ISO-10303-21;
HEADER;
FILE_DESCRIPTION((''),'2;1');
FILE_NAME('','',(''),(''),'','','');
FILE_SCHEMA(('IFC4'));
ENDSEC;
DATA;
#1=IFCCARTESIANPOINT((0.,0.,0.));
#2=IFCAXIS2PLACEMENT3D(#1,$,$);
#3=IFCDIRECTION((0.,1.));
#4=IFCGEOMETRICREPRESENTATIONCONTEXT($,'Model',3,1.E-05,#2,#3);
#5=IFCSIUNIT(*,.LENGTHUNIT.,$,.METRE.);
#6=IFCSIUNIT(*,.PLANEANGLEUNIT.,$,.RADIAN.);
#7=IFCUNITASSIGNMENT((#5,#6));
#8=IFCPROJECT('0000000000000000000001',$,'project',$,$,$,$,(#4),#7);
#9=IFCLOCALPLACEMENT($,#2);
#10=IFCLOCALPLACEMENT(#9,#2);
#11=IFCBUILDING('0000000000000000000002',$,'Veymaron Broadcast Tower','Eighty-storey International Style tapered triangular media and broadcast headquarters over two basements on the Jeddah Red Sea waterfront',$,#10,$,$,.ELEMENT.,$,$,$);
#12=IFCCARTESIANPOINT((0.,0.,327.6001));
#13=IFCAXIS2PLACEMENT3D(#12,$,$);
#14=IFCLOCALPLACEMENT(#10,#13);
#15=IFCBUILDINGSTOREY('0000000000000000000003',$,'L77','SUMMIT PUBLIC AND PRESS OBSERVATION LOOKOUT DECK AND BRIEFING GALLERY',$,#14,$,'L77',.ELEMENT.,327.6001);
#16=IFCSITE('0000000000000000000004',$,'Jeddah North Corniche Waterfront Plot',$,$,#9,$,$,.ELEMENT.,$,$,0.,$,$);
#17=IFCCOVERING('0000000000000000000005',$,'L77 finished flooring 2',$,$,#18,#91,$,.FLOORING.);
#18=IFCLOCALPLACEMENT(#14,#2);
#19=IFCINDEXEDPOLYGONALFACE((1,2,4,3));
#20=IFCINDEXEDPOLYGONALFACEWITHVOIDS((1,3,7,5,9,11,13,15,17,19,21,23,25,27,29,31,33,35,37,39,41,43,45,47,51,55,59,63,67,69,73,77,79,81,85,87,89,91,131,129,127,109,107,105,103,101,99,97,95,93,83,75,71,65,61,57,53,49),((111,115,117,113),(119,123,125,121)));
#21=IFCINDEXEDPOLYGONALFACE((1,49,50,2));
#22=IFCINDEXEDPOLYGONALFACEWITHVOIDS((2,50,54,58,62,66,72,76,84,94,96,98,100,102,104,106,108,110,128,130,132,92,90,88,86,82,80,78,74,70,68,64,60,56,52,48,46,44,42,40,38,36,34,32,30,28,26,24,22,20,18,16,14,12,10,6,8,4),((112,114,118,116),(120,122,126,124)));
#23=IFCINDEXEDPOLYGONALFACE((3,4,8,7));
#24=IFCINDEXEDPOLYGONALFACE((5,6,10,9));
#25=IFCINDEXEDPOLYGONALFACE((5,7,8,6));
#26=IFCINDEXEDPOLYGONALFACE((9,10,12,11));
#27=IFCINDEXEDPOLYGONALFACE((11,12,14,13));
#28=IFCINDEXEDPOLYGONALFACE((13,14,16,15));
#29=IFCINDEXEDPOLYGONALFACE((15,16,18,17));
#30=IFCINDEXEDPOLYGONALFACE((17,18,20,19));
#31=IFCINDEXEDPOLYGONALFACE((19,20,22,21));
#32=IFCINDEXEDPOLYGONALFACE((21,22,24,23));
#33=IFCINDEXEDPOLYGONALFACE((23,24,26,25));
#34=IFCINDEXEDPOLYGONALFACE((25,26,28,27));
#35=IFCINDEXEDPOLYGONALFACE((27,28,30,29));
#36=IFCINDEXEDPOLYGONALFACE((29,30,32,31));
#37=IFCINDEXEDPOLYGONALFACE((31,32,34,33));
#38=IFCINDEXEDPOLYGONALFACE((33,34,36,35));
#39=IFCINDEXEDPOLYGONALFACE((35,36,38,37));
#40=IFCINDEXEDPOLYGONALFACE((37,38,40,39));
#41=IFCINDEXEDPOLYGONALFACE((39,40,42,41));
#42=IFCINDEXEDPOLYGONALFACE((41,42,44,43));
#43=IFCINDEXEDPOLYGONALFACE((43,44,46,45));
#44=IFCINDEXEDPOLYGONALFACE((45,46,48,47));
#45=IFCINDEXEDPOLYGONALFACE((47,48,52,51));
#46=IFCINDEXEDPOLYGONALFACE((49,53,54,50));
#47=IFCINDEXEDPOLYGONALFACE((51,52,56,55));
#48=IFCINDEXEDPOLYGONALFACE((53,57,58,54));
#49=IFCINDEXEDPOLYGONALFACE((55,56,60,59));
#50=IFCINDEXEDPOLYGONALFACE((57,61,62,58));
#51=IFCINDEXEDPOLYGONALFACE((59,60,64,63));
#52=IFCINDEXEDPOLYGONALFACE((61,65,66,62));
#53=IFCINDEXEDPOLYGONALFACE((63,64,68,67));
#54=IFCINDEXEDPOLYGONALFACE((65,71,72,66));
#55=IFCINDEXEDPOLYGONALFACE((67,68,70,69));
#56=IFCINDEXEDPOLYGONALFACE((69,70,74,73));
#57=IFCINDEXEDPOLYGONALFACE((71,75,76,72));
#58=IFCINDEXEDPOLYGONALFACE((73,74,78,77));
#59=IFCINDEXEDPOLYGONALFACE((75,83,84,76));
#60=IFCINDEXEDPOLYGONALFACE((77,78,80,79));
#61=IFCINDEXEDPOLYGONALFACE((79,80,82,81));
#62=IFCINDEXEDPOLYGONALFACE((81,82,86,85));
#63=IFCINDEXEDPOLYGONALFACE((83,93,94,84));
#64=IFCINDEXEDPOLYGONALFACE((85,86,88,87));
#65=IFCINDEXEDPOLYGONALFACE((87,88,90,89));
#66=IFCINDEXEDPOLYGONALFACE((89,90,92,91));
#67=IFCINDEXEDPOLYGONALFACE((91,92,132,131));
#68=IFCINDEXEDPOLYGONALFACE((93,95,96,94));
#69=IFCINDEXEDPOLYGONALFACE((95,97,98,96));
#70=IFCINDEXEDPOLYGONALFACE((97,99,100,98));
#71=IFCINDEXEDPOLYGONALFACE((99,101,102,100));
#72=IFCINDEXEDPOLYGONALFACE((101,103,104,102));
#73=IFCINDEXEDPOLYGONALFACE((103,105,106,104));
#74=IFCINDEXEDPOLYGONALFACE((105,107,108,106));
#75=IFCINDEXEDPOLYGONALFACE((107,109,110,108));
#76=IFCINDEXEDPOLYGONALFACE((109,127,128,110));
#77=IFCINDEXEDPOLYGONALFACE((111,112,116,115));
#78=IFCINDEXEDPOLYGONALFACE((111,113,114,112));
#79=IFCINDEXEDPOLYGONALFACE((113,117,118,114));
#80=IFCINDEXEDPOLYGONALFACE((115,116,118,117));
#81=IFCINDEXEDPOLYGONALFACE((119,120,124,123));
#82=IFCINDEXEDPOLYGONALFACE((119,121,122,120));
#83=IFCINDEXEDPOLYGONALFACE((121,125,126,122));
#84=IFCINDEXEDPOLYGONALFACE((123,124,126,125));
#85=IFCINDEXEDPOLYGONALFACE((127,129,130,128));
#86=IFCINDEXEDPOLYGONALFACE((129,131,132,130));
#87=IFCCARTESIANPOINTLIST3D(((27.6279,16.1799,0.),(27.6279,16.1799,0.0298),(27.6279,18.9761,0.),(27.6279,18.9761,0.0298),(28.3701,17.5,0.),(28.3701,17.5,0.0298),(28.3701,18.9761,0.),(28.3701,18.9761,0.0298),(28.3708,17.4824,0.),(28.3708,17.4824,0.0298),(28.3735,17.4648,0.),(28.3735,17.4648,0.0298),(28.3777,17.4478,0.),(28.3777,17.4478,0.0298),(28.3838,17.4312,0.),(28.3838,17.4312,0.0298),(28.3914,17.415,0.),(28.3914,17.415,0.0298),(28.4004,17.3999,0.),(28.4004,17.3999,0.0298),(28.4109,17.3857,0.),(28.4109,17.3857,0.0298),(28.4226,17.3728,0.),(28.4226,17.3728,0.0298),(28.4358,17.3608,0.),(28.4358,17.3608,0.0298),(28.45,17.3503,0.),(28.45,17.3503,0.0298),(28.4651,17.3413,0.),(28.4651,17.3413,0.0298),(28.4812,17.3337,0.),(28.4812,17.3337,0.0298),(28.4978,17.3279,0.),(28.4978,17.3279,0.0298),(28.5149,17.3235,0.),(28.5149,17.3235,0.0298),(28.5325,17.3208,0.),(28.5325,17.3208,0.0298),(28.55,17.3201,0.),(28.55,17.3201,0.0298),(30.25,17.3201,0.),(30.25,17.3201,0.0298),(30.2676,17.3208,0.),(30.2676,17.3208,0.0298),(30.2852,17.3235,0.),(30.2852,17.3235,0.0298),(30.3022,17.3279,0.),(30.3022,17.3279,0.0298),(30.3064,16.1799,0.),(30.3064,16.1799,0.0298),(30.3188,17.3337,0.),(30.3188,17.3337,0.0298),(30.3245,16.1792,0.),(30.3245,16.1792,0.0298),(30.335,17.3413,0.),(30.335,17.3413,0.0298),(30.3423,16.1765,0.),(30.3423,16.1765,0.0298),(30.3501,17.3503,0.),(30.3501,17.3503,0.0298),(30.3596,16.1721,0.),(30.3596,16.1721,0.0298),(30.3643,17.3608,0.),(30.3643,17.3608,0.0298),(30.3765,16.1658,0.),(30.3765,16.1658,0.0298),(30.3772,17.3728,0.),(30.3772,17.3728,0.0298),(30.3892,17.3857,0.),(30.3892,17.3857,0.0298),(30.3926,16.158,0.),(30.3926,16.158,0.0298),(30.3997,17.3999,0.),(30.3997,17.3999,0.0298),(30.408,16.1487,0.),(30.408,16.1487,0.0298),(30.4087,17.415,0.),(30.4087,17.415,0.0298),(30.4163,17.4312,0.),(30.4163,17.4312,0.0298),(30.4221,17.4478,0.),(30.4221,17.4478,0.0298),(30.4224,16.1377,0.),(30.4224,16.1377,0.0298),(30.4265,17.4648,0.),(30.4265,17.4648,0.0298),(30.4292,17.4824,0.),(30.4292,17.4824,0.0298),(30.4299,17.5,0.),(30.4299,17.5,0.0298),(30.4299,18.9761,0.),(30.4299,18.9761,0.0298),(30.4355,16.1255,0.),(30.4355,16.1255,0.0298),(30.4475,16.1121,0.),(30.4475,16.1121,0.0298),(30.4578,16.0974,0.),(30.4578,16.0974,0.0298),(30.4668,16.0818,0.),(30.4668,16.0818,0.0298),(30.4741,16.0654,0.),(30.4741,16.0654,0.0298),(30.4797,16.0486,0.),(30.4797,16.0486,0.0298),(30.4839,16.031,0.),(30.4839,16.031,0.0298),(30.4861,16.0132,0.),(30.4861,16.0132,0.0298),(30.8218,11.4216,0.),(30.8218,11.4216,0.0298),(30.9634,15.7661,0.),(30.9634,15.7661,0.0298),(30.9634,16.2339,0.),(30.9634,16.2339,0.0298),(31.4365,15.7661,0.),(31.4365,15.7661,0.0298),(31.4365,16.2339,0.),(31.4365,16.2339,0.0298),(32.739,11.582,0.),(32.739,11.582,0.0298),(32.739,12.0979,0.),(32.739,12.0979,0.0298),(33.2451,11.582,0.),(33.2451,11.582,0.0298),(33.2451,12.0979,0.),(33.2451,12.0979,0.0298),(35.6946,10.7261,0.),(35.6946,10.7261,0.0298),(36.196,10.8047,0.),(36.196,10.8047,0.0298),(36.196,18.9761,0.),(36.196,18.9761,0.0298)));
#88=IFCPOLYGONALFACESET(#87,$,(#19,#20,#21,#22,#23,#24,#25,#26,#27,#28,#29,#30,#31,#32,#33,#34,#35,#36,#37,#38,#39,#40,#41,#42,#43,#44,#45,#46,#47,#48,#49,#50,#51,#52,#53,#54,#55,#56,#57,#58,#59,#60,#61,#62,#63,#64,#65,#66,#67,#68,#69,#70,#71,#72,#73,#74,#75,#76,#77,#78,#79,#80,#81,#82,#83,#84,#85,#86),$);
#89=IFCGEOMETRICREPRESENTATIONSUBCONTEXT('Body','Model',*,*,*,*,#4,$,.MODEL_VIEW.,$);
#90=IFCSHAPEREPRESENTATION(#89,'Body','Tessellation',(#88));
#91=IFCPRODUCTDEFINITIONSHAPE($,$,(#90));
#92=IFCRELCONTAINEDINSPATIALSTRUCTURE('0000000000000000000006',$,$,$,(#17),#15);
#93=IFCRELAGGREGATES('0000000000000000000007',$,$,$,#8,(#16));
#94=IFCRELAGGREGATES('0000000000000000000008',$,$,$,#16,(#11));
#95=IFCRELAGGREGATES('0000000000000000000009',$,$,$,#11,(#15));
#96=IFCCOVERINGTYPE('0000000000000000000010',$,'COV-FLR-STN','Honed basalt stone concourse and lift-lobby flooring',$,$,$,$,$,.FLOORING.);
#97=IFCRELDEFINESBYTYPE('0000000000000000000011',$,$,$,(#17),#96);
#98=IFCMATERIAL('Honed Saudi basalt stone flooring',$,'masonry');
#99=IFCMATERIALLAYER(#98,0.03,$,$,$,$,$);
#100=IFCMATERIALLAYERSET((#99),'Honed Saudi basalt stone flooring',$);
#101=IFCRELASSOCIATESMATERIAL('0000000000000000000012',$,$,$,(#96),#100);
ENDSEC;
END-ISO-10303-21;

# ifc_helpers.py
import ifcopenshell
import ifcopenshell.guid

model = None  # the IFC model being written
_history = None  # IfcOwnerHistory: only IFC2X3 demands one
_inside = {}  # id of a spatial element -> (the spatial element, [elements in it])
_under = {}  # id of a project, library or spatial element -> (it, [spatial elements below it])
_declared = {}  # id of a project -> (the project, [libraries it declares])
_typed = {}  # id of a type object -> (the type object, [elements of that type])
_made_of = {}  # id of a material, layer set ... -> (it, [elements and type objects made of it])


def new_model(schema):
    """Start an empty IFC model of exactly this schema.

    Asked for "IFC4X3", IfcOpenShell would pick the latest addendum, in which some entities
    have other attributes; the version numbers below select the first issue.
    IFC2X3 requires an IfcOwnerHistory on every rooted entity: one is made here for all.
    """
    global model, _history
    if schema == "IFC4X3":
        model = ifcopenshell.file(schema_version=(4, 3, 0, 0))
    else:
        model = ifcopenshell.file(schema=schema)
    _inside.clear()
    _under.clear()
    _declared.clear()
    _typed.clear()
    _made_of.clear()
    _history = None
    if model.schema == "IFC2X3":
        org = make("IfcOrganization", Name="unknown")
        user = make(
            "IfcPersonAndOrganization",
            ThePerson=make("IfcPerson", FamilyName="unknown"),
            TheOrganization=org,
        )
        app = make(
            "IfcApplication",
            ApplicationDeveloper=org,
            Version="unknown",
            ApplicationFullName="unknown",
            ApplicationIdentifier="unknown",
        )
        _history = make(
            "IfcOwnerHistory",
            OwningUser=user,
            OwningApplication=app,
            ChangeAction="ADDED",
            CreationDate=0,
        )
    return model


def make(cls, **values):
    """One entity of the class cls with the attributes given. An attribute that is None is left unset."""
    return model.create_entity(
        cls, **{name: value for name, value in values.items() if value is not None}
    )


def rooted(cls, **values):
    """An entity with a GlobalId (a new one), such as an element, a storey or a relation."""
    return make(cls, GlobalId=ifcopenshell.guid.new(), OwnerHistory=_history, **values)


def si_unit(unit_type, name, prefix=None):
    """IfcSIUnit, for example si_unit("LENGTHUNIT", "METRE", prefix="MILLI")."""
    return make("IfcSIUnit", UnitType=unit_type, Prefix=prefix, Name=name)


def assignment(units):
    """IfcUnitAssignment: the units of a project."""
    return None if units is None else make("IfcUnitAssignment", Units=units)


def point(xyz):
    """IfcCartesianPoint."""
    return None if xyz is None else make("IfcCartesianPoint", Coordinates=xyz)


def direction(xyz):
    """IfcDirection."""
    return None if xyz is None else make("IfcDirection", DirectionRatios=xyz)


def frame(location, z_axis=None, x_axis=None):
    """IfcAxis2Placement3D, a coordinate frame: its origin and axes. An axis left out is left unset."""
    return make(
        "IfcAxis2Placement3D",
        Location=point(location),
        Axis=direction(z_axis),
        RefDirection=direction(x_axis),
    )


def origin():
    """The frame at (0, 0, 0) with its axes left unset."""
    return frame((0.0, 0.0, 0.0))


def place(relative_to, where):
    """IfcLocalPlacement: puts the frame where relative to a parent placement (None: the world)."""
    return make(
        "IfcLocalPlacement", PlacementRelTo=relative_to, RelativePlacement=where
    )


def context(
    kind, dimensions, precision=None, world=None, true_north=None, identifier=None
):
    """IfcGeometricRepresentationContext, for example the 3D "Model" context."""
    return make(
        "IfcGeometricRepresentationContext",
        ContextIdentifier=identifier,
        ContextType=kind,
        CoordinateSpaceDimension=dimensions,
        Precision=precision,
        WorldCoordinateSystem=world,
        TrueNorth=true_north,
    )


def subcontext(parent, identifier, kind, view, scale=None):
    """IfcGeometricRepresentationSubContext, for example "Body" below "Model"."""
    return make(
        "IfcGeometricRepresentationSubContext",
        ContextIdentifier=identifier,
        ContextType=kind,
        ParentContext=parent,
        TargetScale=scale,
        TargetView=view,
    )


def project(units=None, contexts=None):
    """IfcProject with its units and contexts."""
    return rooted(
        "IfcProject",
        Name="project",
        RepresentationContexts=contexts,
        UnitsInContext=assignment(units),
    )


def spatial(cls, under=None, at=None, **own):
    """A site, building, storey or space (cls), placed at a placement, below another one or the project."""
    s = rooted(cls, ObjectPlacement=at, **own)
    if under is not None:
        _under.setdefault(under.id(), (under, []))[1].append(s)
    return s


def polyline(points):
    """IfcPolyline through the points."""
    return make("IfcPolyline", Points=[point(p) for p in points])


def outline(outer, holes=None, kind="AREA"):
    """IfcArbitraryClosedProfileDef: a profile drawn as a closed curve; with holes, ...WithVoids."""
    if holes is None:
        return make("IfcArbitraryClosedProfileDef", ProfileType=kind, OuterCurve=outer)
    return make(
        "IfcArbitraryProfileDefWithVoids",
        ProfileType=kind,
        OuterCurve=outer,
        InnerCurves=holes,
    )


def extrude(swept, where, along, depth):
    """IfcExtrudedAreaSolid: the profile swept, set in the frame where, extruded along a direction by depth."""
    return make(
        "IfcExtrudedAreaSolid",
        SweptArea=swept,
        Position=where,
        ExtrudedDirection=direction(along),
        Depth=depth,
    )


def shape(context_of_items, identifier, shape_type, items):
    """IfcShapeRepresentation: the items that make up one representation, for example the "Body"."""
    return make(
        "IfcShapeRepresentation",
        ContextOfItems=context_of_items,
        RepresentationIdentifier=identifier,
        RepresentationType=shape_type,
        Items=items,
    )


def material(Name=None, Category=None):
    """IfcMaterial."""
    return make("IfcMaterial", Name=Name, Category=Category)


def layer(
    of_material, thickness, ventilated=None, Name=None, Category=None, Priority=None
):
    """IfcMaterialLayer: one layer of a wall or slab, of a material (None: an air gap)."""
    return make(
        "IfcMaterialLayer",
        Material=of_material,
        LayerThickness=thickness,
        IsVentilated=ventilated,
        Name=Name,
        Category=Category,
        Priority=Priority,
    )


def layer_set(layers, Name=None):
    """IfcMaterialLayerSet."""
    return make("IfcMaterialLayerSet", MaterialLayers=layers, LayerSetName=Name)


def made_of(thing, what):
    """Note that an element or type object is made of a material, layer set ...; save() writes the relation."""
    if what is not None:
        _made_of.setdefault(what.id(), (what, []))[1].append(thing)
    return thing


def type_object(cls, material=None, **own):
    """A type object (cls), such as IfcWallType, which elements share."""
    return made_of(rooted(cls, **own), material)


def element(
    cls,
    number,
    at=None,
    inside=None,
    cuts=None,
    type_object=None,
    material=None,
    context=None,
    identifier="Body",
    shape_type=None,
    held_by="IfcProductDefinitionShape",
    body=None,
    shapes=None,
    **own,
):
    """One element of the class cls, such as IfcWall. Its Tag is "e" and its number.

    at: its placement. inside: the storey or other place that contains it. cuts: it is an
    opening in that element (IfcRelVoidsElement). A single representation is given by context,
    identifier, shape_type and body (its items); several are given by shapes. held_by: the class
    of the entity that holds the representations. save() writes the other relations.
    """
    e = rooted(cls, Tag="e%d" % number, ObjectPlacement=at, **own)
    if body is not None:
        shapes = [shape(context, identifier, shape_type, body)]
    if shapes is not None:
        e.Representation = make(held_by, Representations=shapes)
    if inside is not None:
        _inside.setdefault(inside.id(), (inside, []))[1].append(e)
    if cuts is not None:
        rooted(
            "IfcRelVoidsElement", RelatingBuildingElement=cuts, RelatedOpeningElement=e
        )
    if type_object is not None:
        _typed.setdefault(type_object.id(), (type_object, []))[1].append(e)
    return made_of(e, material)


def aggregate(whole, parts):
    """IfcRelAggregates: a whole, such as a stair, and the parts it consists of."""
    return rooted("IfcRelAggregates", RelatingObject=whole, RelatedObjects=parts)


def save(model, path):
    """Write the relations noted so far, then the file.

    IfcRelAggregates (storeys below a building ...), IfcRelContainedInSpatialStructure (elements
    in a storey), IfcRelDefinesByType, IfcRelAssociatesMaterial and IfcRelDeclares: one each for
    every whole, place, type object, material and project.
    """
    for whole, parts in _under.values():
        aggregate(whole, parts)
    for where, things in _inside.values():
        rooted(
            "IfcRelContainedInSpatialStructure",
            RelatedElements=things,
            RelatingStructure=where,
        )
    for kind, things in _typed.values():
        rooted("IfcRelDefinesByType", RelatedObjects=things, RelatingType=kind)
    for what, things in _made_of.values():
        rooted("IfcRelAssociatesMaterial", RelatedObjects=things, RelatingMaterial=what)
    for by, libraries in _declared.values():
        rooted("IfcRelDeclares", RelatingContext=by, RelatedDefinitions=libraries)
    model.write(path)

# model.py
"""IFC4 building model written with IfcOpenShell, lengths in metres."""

from ifc_helpers import new_model, si_unit, direction, frame, origin, place, context, subcontext, project, spatial, polyline, outline, extrude, material, layer, layer_set, type_object, element, save


model = new_model("IFC4")

# Units and contexts
model_context = context("Model", 3, precision=1e-05, world=origin(), true_north=direction((0.0, 1.0)))
body_context = subcontext(model_context, "Body", "Model", "MODEL_VIEW")
ifc_project = project(units=[si_unit("LENGTHUNIT", "METRE"), si_unit("PLANEANGLEUNIT", "RADIAN")], contexts=[model_context])

# Site, building, storey
site_placement = place(None, origin())
site = spatial("IfcSite", under=ifc_project, at=site_placement, Name="Jeddah North Corniche Waterfront Plot", CompositionType="ELEMENT", RefElevation=0.0)
building_placement = place(site_placement, origin())
building = spatial("IfcBuilding", under=site, at=building_placement, Name="Veymaron Broadcast Tower", Description="Eighty-storey International Style tapered triangular media and broadcast headquarters over two basements on the Jeddah Red Sea waterfront", CompositionType="ELEMENT")
storey_placement = place(building_placement, frame((0.0, 0.0, 327.6001)))
storey = spatial("IfcBuildingStorey", under=building, at=storey_placement, Name="L77", Description="SUMMIT PUBLIC AND PRESS OBSERVATION LOOKOUT DECK AND BRIEFING GALLERY", LongName="L77", CompositionType="ELEMENT", Elevation=327.6001)

# Covering
ifc_material_1 = material(Name="Honed Saudi basalt stone flooring", Category="masonry")
ifc_layer_1 = layer(ifc_material_1, 0.03)
ifc_layer_set_1 = layer_set([ifc_layer_1], Name="Honed Saudi basalt stone flooring")
covering_type_1 = type_object("IfcCoveringType", Name="COV-FLR-STN", Description="Honed basalt stone concourse and lift-lobby flooring", PredefinedType="FLOORING", material=ifc_layer_set_1)
covering_1_placement = place(storey_placement, origin())
element("IfcCovering", 1, at=covering_1_placement, inside=storey, type_object=covering_type_1, Name="L77 finished flooring 2", PredefinedType="FLOORING", context=body_context, shape_type="SweptSolid", body=[
    extrude(outline(polyline([(30.3423, 16.1765), (30.3245, 16.1792), (30.3064, 16.1799), (27.6279, 16.1799), (27.6279, 18.9761), (28.3701, 18.9761), (28.3701, 17.5), (28.3708, 17.4824), (28.3735, 17.4648), (28.3777, 17.4478), (28.3838, 17.4312), (28.3914, 17.415), (28.4004, 17.3999), (28.4109, 17.3857), (28.4226, 17.3728), (28.4358, 17.3608), (28.45, 17.3503), (28.4651, 17.3413), (28.4812, 17.3337), (28.4978, 17.3279), (28.5149, 17.3235), (28.5325, 17.3208), (28.55, 17.3201), (30.25, 17.3201), (30.2676, 17.3208), (30.2852, 17.3235), (30.3022, 17.3279), (30.3188, 17.3337), (30.335, 17.3413), (30.3501, 17.3503), (30.3643, 17.3608), (30.3772, 17.3728), (30.3892, 17.3857), (30.3997, 17.3999), (30.4087, 17.415), (30.4163, 17.4312), (30.4221, 17.4478), (30.4265, 17.4648), (30.4292, 17.4824), (30.4299, 17.5), (30.4299, 18.9761), (36.196, 18.9761), (36.196, 10.8047), (35.6946, 10.7261), (30.8218, 11.4216), (30.4861, 16.0132), (30.4839, 16.031), (30.4797, 16.0486), (30.4741, 16.0654), (30.4668, 16.0818), (30.4578, 16.0974), (30.4475, 16.1121), (30.4355, 16.1255), (30.4224, 16.1377), (30.408, 16.1487), (30.3926, 16.158), (30.3765, 16.1658), (30.3596, 16.1721), (30.3423, 16.1765)]), holes=[polyline([(32.739, 12.0979), (32.739, 11.582), (33.2451, 11.582), (33.2451, 12.0979), (32.739, 12.0979)]), polyline([(30.9634, 16.2339), (30.9634, 15.7661), (31.4365, 15.7661), (31.4365, 16.2339), (30.9634, 16.2339)])]), origin(), (0.0, 0.0, 1.0), 0.0298),
])

save(model, "model.ifc")
